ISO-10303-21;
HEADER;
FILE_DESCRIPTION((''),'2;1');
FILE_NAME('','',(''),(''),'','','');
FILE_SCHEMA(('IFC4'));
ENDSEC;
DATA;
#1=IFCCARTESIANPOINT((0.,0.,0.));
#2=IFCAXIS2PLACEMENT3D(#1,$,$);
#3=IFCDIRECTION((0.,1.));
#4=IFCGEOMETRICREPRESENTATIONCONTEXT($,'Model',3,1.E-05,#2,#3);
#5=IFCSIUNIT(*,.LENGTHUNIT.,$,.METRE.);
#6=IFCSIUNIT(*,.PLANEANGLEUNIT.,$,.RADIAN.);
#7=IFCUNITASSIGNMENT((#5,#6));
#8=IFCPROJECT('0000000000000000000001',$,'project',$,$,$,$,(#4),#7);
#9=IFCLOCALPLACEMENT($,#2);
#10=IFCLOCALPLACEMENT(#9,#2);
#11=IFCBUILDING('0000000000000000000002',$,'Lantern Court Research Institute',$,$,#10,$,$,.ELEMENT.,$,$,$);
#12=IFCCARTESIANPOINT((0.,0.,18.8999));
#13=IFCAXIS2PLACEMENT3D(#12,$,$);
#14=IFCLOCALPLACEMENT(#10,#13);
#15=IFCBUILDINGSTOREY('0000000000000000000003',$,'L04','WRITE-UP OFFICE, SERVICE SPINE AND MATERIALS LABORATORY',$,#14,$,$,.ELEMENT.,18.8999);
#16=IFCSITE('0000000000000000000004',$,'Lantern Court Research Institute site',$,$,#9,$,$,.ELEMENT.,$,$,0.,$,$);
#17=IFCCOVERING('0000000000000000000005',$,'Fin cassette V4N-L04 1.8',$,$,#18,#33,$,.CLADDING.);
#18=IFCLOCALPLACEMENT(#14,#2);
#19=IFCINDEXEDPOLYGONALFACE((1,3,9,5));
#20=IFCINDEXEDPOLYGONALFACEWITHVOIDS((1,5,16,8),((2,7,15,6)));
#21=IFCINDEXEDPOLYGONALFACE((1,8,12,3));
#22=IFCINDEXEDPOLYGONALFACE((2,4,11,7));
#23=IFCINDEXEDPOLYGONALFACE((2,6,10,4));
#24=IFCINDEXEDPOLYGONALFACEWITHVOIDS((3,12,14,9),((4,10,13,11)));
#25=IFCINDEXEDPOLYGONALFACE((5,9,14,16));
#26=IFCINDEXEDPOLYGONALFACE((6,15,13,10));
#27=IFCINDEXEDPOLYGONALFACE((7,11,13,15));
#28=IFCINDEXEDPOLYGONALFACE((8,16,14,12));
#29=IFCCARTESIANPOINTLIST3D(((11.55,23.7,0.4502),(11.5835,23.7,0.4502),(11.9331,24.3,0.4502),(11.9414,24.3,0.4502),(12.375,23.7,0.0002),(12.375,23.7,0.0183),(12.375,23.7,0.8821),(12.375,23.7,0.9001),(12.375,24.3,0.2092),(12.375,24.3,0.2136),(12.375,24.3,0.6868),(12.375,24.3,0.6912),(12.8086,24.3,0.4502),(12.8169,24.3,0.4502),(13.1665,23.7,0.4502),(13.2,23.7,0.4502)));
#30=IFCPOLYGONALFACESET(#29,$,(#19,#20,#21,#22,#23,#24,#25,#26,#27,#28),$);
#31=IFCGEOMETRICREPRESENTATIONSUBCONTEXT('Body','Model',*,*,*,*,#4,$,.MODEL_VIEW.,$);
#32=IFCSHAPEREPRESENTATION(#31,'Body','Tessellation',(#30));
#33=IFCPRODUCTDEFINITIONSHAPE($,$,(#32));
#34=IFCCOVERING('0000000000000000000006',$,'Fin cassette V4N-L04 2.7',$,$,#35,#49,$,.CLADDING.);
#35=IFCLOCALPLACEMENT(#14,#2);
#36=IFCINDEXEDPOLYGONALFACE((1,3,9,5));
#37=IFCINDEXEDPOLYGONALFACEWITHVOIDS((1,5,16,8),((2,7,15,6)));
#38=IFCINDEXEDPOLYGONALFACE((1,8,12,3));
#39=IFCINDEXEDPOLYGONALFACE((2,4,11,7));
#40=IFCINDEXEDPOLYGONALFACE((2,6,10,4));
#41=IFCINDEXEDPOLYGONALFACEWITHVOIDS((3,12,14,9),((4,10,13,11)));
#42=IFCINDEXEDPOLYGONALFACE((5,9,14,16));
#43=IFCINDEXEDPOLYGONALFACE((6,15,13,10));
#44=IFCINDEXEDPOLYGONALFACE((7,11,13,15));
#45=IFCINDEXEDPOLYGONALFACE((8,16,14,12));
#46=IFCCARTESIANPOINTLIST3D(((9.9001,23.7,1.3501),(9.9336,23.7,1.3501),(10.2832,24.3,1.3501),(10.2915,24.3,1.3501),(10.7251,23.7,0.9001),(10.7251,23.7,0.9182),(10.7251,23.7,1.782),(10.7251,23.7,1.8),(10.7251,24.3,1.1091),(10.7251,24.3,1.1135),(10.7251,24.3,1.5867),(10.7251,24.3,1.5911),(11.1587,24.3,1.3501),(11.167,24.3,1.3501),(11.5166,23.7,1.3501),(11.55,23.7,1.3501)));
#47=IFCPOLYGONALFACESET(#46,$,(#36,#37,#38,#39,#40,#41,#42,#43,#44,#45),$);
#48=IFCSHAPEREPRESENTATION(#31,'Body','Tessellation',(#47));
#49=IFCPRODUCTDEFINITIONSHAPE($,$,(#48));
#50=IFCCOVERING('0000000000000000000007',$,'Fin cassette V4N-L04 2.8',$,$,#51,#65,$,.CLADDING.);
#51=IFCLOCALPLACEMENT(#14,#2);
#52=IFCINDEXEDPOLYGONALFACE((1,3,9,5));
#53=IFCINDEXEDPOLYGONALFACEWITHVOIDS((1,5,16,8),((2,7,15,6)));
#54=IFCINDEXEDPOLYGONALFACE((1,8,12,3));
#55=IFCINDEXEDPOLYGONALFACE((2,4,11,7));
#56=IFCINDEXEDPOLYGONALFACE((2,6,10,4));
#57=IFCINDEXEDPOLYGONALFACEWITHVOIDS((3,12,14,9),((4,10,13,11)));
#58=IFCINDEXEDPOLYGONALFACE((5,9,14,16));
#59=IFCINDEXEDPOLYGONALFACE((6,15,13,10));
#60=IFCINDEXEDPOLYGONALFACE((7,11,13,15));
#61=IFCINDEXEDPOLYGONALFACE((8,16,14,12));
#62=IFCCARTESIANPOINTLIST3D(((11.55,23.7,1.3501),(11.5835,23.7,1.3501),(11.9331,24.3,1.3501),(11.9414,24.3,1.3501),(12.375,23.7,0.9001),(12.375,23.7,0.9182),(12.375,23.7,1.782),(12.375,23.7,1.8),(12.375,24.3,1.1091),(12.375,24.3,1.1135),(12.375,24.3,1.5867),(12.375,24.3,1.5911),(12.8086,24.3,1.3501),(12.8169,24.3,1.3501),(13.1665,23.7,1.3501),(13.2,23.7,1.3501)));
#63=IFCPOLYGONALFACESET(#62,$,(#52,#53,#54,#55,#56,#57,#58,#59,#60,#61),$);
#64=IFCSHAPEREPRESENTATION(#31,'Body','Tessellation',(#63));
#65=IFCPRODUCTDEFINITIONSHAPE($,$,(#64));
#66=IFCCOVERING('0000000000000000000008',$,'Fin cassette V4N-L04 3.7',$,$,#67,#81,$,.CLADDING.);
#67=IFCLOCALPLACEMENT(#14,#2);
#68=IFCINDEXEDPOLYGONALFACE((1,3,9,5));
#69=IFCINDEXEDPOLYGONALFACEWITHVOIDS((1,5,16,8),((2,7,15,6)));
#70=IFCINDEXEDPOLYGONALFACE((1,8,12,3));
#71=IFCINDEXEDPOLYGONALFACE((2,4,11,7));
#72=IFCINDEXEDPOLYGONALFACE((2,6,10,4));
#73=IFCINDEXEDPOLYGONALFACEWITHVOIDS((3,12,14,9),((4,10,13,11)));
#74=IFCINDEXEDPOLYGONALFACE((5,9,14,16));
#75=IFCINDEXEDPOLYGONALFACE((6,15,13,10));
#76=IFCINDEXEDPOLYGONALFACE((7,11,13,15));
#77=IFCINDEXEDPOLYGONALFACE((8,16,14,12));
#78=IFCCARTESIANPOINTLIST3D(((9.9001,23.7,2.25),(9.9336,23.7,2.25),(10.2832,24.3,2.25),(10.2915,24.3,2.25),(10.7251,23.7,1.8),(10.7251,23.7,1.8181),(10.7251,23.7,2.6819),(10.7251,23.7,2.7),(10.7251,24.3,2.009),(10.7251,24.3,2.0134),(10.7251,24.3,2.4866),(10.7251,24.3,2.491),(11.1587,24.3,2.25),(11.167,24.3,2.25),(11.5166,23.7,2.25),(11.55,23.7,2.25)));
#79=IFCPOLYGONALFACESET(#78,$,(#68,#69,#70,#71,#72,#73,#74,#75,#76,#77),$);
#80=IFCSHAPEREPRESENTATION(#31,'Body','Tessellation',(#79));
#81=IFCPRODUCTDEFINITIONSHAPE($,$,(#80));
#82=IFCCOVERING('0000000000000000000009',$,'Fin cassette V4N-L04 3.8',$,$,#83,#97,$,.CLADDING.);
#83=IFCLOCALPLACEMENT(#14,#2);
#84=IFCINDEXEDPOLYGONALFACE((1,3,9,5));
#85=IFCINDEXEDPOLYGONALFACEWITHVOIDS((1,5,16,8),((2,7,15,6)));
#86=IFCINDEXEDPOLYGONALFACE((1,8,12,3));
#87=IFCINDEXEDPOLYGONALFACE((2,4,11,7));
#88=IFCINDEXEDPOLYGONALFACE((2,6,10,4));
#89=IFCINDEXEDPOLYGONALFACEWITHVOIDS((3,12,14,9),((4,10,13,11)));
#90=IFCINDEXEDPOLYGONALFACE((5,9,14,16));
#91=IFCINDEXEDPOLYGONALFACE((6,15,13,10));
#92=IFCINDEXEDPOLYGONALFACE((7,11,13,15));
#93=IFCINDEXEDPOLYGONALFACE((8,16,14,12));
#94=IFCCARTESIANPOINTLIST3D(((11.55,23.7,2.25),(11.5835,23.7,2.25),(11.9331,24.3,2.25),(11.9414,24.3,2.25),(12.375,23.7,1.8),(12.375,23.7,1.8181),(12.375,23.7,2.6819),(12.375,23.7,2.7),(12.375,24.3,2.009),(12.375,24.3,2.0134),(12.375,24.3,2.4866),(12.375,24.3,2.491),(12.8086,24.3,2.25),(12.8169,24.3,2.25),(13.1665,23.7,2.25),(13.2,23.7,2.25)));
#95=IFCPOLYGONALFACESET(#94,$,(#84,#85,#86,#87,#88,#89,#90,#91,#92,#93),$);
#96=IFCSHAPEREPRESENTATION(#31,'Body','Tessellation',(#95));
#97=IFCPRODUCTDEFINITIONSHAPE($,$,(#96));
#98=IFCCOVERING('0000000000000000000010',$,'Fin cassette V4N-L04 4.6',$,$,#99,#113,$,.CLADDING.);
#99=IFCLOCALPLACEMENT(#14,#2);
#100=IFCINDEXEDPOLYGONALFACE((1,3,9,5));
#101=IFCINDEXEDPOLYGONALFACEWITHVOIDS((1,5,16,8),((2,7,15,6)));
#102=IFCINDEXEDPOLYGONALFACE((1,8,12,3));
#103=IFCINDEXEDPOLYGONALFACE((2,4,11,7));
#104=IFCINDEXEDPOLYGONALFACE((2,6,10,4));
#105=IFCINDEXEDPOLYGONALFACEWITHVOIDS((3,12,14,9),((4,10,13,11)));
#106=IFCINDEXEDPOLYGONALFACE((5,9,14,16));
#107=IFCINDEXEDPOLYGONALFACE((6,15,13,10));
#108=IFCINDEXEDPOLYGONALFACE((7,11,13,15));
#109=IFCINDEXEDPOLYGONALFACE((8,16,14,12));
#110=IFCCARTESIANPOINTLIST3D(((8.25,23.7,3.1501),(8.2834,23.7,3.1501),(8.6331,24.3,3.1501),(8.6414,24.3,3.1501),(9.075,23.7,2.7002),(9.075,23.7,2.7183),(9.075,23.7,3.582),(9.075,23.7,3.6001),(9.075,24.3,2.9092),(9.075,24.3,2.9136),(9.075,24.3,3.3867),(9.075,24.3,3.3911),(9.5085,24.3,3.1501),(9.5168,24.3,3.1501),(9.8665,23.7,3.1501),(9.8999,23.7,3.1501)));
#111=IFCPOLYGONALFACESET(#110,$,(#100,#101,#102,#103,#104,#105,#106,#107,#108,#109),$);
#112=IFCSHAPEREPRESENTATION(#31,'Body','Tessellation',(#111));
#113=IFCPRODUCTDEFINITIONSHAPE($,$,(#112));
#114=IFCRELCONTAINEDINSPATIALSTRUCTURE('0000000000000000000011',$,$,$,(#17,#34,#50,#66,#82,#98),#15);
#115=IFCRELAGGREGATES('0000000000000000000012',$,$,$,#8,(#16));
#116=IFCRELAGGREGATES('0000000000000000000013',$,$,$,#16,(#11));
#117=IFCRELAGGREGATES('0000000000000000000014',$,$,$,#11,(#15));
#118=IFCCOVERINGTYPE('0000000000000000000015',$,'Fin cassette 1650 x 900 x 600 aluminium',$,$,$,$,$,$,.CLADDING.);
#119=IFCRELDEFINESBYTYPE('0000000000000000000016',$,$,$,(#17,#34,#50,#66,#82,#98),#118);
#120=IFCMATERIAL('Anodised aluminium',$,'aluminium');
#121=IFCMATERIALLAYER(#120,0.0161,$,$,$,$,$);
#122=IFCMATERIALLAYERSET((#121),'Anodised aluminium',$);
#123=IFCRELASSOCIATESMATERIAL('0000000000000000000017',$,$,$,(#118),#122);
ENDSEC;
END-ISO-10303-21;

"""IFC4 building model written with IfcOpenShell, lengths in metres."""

from ifc_helpers import new_model, entity, si_unit, direction, frame, origin, place, context, subcontext, project, spatial, material, layer, layer_set, type_object, element, save


model = new_model("IFC4")

# Units and contexts
model_context = context("Model", 3, precision=1e-05, world=origin(), true_north=direction((0.0, 1.0)))
body_context = subcontext(model_context, "Body", "Model", "MODEL_VIEW")
ifc_project = project(units=[si_unit("LENGTHUNIT", "METRE"), si_unit("PLANEANGLEUNIT", "RADIAN")], contexts=[model_context])

# Site, building, storey
site_placement = place(None, origin())
site = spatial("IfcSite", under=ifc_project, at=site_placement, Name="Lantern Court Research Institute site", CompositionType="ELEMENT", RefElevation=0.0)
building_placement = place(site_placement, origin())
building = spatial("IfcBuilding", under=site, at=building_placement, Name="Lantern Court Research Institute", CompositionType="ELEMENT")
storey_placement = place(building_placement, frame((0.0, 0.0, 18.8999)))
storey = spatial("IfcBuildingStorey", under=building, at=storey_placement, Name="L04", Description="WRITE-UP OFFICE, SERVICE SPINE AND MATERIALS LABORATORY", CompositionType="ELEMENT", Elevation=18.8999)

# Coverings
ifc_material_1 = material(Name="Anodised aluminium", Category="aluminium")
ifc_layer_1 = layer(ifc_material_1, 0.0161)
ifc_layer_set_1 = layer_set([ifc_layer_1], Name="Anodised aluminium")
covering_type = type_object("IfcCoveringType", Name="Fin cassette 1650 x 900 x 600 aluminium", PredefinedType="CLADDING", material=ifc_layer_set_1)
covering_1_placement = place(storey_placement, frame((12.375, 23.7, 0.4502), z_axis=(0.0, 1.0, 0.0), x_axis=(-1.0, 0.0, 0.0)))
cartesian_point_1 = entity("IfcCartesianPoint", [0.825, 0.0])
cartesian_point_2 = entity("IfcCartesianPoint", [0.7915, 0.0])
cartesian_point_3 = entity("IfcCartesianPoint", [0.4419, 0.0])
cartesian_point_4 = entity("IfcCartesianPoint", [0.4336, 0.0])
element("IfcCovering", 1, at=covering_1_placement, inside=storey, type_object=covering_type, Name="Fin cassette V4N-L04 1.8", PredefinedType="CLADDING", context=body_context, shape_type="SweptSolid", body=[
    entity("IfcExtrudedAreaSolidTapered", entity("IfcArbitraryProfileDefWithVoids", "AREA", None, entity("IfcPolyline", [cartesian_point_1, entity("IfcCartesianPoint", [0.0, 0.45]), entity("IfcCartesianPoint", [-0.825, 0.0]), entity("IfcCartesianPoint", [0.0, -0.45]), cartesian_point_1]), [entity("IfcPolyline", [cartesian_point_2, entity("IfcCartesianPoint", [0.0, 0.4319]), entity("IfcCartesianPoint", [-0.7915, 0.0]), entity("IfcCartesianPoint", [0.0, -0.4319]), cartesian_point_2])]), entity("IfcAxis2Placement3D", entity("IfcCartesianPoint", [0.0, 0.0, 0.0])), entity("IfcDirection", [0.0, 0.0, 1.0]), 0.6001, entity("IfcArbitraryProfileDefWithVoids", "AREA", None, entity("IfcPolyline", [cartesian_point_3, entity("IfcCartesianPoint", [0.0, 0.241]), entity("IfcCartesianPoint", [-0.4419, 0.0]), entity("IfcCartesianPoint", [0.0, -0.241]), cartesian_point_3]), [entity("IfcPolyline", [cartesian_point_4, entity("IfcCartesianPoint", [0.0, 0.2366]), entity("IfcCartesianPoint", [-0.4336, 0.0]), entity("IfcCartesianPoint", [0.0, -0.2366]), cartesian_point_4])])),
])
covering_2_placement = place(storey_placement, frame((10.7251, 23.7, 1.3501), z_axis=(0.0, 1.0, 0.0), x_axis=(-1.0, 0.0, 0.0)))
cartesian_point_5 = entity("IfcCartesianPoint", [0.825, 0.0])
cartesian_point_6 = entity("IfcCartesianPoint", [0.7915, 0.0])
cartesian_point_7 = entity("IfcCartesianPoint", [0.4419, 0.0])
cartesian_point_8 = entity("IfcCartesianPoint", [0.4336, 0.0])
element("IfcCovering", 2, at=covering_2_placement, inside=storey, type_object=covering_type, Name="Fin cassette V4N-L04 2.7", PredefinedType="CLADDING", context=body_context, shape_type="SweptSolid", body=[
    entity("IfcExtrudedAreaSolidTapered", entity("IfcArbitraryProfileDefWithVoids", "AREA", None, entity("IfcPolyline", [cartesian_point_5, entity("IfcCartesianPoint", [0.0, 0.45]), entity("IfcCartesianPoint", [-0.825, 0.0]), entity("IfcCartesianPoint", [0.0, -0.45]), cartesian_point_5]), [entity("IfcPolyline", [cartesian_point_6, entity("IfcCartesianPoint", [0.0, 0.4319]), entity("IfcCartesianPoint", [-0.7915, 0.0]), entity("IfcCartesianPoint", [0.0, -0.4319]), cartesian_point_6])]), entity("IfcAxis2Placement3D", entity("IfcCartesianPoint", [0.0, 0.0, 0.0])), entity("IfcDirection", [0.0, 0.0, 1.0]), 0.6001, entity("IfcArbitraryProfileDefWithVoids", "AREA", None, entity("IfcPolyline", [cartesian_point_7, entity("IfcCartesianPoint", [0.0, 0.241]), entity("IfcCartesianPoint", [-0.4419, 0.0]), entity("IfcCartesianPoint", [0.0, -0.241]), cartesian_point_7]), [entity("IfcPolyline", [cartesian_point_8, entity("IfcCartesianPoint", [0.0, 0.2366]), entity("IfcCartesianPoint", [-0.4336, 0.0]), entity("IfcCartesianPoint", [0.0, -0.2366]), cartesian_point_8])])),
])
covering_3_placement = place(storey_placement, frame((12.375, 23.7, 1.3501), z_axis=(0.0, 1.0, 0.0), x_axis=(-1.0, 0.0, 0.0)))
cartesian_point_9 = entity("IfcCartesianPoint", [0.825, 0.0])
cartesian_point_10 = entity("IfcCartesianPoint", [0.7915, 0.0])
cartesian_point_11 = entity("IfcCartesianPoint", [0.4419, 0.0])
cartesian_point_12 = entity("IfcCartesianPoint", [0.4336, 0.0])
element("IfcCovering", 3, at=covering_3_placement, inside=storey, type_object=covering_type, Name="Fin cassette V4N-L04 2.8", PredefinedType="CLADDING", context=body_context, shape_type="SweptSolid", body=[
    entity("IfcExtrudedAreaSolidTapered", entity("IfcArbitraryProfileDefWithVoids", "AREA", None, entity("IfcPolyline", [cartesian_point_9, entity("IfcCartesianPoint", [0.0, 0.45]), entity("IfcCartesianPoint", [-0.825, 0.0]), entity("IfcCartesianPoint", [0.0, -0.45]), cartesian_point_9]), [entity("IfcPolyline", [cartesian_point_10, entity("IfcCartesianPoint", [0.0, 0.4319]), entity("IfcCartesianPoint", [-0.7915, 0.0]), entity("IfcCartesianPoint", [0.0, -0.4319]), cartesian_point_10])]), entity("IfcAxis2Placement3D", entity("IfcCartesianPoint", [0.0, 0.0, 0.0])), entity("IfcDirection", [0.0, 0.0, 1.0]), 0.6001, entity("IfcArbitraryProfileDefWithVoids", "AREA", None, entity("IfcPolyline", [cartesian_point_11, entity("IfcCartesianPoint", [0.0, 0.241]), entity("IfcCartesianPoint", [-0.4419, 0.0]), entity("IfcCartesianPoint", [0.0, -0.241]), cartesian_point_11]), [entity("IfcPolyline", [cartesian_point_12, entity("IfcCartesianPoint", [0.0, 0.2366]), entity("IfcCartesianPoint", [-0.4336, 0.0]), entity("IfcCartesianPoint", [0.0, -0.2366]), cartesian_point_12])])),
])
covering_4_placement = place(storey_placement, frame((10.7251, 23.7, 2.25), z_axis=(0.0, 1.0, 0.0), x_axis=(-1.0, 0.0, 0.0)))
cartesian_point_13 = entity("IfcCartesianPoint", [0.825, 0.0])
cartesian_point_14 = entity("IfcCartesianPoint", [0.7915, 0.0])
cartesian_point_15 = entity("IfcCartesianPoint", [0.4419, 0.0])
cartesian_point_16 = entity("IfcCartesianPoint", [0.4336, 0.0])
element("IfcCovering", 4, at=covering_4_placement, inside=storey, type_object=covering_type, Name="Fin cassette V4N-L04 3.7", PredefinedType="CLADDING", context=body_context, shape_type="SweptSolid", body=[
    entity("IfcExtrudedAreaSolidTapered", entity("IfcArbitraryProfileDefWithVoids", "AREA", None, entity("IfcPolyline", [cartesian_point_13, entity("IfcCartesianPoint", [0.0, 0.45]), entity("IfcCartesianPoint", [-0.825, 0.0]), entity("IfcCartesianPoint", [0.0, -0.45]), cartesian_point_13]), [entity("IfcPolyline", [cartesian_point_14, entity("IfcCartesianPoint", [0.0, 0.4319]), entity("IfcCartesianPoint", [-0.7915, 0.0]), entity("IfcCartesianPoint", [0.0, -0.4319]), cartesian_point_14])]), entity("IfcAxis2Placement3D", entity("IfcCartesianPoint", [0.0, 0.0, 0.0])), entity("IfcDirection", [0.0, 0.0, 1.0]), 0.6001, entity("IfcArbitraryProfileDefWithVoids", "AREA", None, entity("IfcPolyline", [cartesian_point_15, entity("IfcCartesianPoint", [0.0, 0.241]), entity("IfcCartesianPoint", [-0.4419, 0.0]), entity("IfcCartesianPoint", [0.0, -0.241]), cartesian_point_15]), [entity("IfcPolyline", [cartesian_point_16, entity("IfcCartesianPoint", [0.0, 0.2366]), entity("IfcCartesianPoint", [-0.4336, 0.0]), entity("IfcCartesianPoint", [0.0, -0.2366]), cartesian_point_16])])),
])
covering_5_placement = place(storey_placement, frame((12.375, 23.7, 2.25), z_axis=(0.0, 1.0, 0.0), x_axis=(-1.0, 0.0, 0.0)))
cartesian_point_17 = entity("IfcCartesianPoint", [0.825, 0.0])
cartesian_point_18 = entity("IfcCartesianPoint", [0.7915, 0.0])
cartesian_point_19 = entity("IfcCartesianPoint", [0.4419, 0.0])
cartesian_point_20 = entity("IfcCartesianPoint", [0.4336, 0.0])
element("IfcCovering", 5, at=covering_5_placement, inside=storey, type_object=covering_type, Name="Fin cassette V4N-L04 3.8", PredefinedType="CLADDING", context=body_context, shape_type="SweptSolid", body=[
    entity("IfcExtrudedAreaSolidTapered", entity("IfcArbitraryProfileDefWithVoids", "AREA", None, entity("IfcPolyline", [cartesian_point_17, entity("IfcCartesianPoint", [0.0, 0.45]), entity("IfcCartesianPoint", [-0.825, 0.0]), entity("IfcCartesianPoint", [0.0, -0.45]), cartesian_point_17]), [entity("IfcPolyline", [cartesian_point_18, entity("IfcCartesianPoint", [0.0, 0.4319]), entity("IfcCartesianPoint", [-0.7915, 0.0]), entity("IfcCartesianPoint", [0.0, -0.4319]), cartesian_point_18])]), entity("IfcAxis2Placement3D", entity("IfcCartesianPoint", [0.0, 0.0, 0.0])), entity("IfcDirection", [0.0, 0.0, 1.0]), 0.6001, entity("IfcArbitraryProfileDefWithVoids", "AREA", None, entity("IfcPolyline", [cartesian_point_19, entity("IfcCartesianPoint", [0.0, 0.241]), entity("IfcCartesianPoint", [-0.4419, 0.0]), entity("IfcCartesianPoint", [0.0, -0.241]), cartesian_point_19]), [entity("IfcPolyline", [cartesian_point_20, entity("IfcCartesianPoint", [0.0, 0.2366]), entity("IfcCartesianPoint", [-0.4336, 0.0]), entity("IfcCartesianPoint", [0.0, -0.2366]), cartesian_point_20])])),
])
covering_6_placement = place(storey_placement, frame((9.075, 23.7, 3.1501), z_axis=(0.0, 1.0, 0.0), x_axis=(-1.0, 0.0, 0.0)))
cartesian_point_21 = entity("IfcCartesianPoint", [0.825, 0.0])
cartesian_point_22 = entity("IfcCartesianPoint", [0.7915, 0.0])
cartesian_point_23 = entity("IfcCartesianPoint", [0.4419, 0.0])
cartesian_point_24 = entity("IfcCartesianPoint", [0.4336, 0.0])
element("IfcCovering", 6, at=covering_6_placement, inside=storey, type_object=covering_type, Name="Fin cassette V4N-L04 4.6", PredefinedType="CLADDING", context=body_context, shape_type="SweptSolid", body=[
    entity("IfcExtrudedAreaSolidTapered", entity("IfcArbitraryProfileDefWithVoids", "AREA", None, entity("IfcPolyline", [cartesian_point_21, entity("IfcCartesianPoint", [0.0, 0.45]), entity("IfcCartesianPoint", [-0.825, 0.0]), entity("IfcCartesianPoint", [0.0, -0.45]), cartesian_point_21]), [entity("IfcPolyline", [cartesian_point_22, entity("IfcCartesianPoint", [0.0, 0.4319]), entity("IfcCartesianPoint", [-0.7915, 0.0]), entity("IfcCartesianPoint", [0.0, -0.4319]), cartesian_point_22])]), entity("IfcAxis2Placement3D", entity("IfcCartesianPoint", [0.0, 0.0, 0.0])), entity("IfcDirection", [0.0, 0.0, 1.0]), 0.6001, entity("IfcArbitraryProfileDefWithVoids", "AREA", None, entity("IfcPolyline", [cartesian_point_23, entity("IfcCartesianPoint", [0.0, 0.241]), entity("IfcCartesianPoint", [-0.4419, 0.0]), entity("IfcCartesianPoint", [0.0, -0.241]), cartesian_point_23]), [entity("IfcPolyline", [cartesian_point_24, entity("IfcCartesianPoint", [0.0, 0.2366]), entity("IfcCartesianPoint", [-0.4336, 0.0]), entity("IfcCartesianPoint", [0.0, -0.2366]), cartesian_point_24])])),
])

save(model, "model.ifc")
